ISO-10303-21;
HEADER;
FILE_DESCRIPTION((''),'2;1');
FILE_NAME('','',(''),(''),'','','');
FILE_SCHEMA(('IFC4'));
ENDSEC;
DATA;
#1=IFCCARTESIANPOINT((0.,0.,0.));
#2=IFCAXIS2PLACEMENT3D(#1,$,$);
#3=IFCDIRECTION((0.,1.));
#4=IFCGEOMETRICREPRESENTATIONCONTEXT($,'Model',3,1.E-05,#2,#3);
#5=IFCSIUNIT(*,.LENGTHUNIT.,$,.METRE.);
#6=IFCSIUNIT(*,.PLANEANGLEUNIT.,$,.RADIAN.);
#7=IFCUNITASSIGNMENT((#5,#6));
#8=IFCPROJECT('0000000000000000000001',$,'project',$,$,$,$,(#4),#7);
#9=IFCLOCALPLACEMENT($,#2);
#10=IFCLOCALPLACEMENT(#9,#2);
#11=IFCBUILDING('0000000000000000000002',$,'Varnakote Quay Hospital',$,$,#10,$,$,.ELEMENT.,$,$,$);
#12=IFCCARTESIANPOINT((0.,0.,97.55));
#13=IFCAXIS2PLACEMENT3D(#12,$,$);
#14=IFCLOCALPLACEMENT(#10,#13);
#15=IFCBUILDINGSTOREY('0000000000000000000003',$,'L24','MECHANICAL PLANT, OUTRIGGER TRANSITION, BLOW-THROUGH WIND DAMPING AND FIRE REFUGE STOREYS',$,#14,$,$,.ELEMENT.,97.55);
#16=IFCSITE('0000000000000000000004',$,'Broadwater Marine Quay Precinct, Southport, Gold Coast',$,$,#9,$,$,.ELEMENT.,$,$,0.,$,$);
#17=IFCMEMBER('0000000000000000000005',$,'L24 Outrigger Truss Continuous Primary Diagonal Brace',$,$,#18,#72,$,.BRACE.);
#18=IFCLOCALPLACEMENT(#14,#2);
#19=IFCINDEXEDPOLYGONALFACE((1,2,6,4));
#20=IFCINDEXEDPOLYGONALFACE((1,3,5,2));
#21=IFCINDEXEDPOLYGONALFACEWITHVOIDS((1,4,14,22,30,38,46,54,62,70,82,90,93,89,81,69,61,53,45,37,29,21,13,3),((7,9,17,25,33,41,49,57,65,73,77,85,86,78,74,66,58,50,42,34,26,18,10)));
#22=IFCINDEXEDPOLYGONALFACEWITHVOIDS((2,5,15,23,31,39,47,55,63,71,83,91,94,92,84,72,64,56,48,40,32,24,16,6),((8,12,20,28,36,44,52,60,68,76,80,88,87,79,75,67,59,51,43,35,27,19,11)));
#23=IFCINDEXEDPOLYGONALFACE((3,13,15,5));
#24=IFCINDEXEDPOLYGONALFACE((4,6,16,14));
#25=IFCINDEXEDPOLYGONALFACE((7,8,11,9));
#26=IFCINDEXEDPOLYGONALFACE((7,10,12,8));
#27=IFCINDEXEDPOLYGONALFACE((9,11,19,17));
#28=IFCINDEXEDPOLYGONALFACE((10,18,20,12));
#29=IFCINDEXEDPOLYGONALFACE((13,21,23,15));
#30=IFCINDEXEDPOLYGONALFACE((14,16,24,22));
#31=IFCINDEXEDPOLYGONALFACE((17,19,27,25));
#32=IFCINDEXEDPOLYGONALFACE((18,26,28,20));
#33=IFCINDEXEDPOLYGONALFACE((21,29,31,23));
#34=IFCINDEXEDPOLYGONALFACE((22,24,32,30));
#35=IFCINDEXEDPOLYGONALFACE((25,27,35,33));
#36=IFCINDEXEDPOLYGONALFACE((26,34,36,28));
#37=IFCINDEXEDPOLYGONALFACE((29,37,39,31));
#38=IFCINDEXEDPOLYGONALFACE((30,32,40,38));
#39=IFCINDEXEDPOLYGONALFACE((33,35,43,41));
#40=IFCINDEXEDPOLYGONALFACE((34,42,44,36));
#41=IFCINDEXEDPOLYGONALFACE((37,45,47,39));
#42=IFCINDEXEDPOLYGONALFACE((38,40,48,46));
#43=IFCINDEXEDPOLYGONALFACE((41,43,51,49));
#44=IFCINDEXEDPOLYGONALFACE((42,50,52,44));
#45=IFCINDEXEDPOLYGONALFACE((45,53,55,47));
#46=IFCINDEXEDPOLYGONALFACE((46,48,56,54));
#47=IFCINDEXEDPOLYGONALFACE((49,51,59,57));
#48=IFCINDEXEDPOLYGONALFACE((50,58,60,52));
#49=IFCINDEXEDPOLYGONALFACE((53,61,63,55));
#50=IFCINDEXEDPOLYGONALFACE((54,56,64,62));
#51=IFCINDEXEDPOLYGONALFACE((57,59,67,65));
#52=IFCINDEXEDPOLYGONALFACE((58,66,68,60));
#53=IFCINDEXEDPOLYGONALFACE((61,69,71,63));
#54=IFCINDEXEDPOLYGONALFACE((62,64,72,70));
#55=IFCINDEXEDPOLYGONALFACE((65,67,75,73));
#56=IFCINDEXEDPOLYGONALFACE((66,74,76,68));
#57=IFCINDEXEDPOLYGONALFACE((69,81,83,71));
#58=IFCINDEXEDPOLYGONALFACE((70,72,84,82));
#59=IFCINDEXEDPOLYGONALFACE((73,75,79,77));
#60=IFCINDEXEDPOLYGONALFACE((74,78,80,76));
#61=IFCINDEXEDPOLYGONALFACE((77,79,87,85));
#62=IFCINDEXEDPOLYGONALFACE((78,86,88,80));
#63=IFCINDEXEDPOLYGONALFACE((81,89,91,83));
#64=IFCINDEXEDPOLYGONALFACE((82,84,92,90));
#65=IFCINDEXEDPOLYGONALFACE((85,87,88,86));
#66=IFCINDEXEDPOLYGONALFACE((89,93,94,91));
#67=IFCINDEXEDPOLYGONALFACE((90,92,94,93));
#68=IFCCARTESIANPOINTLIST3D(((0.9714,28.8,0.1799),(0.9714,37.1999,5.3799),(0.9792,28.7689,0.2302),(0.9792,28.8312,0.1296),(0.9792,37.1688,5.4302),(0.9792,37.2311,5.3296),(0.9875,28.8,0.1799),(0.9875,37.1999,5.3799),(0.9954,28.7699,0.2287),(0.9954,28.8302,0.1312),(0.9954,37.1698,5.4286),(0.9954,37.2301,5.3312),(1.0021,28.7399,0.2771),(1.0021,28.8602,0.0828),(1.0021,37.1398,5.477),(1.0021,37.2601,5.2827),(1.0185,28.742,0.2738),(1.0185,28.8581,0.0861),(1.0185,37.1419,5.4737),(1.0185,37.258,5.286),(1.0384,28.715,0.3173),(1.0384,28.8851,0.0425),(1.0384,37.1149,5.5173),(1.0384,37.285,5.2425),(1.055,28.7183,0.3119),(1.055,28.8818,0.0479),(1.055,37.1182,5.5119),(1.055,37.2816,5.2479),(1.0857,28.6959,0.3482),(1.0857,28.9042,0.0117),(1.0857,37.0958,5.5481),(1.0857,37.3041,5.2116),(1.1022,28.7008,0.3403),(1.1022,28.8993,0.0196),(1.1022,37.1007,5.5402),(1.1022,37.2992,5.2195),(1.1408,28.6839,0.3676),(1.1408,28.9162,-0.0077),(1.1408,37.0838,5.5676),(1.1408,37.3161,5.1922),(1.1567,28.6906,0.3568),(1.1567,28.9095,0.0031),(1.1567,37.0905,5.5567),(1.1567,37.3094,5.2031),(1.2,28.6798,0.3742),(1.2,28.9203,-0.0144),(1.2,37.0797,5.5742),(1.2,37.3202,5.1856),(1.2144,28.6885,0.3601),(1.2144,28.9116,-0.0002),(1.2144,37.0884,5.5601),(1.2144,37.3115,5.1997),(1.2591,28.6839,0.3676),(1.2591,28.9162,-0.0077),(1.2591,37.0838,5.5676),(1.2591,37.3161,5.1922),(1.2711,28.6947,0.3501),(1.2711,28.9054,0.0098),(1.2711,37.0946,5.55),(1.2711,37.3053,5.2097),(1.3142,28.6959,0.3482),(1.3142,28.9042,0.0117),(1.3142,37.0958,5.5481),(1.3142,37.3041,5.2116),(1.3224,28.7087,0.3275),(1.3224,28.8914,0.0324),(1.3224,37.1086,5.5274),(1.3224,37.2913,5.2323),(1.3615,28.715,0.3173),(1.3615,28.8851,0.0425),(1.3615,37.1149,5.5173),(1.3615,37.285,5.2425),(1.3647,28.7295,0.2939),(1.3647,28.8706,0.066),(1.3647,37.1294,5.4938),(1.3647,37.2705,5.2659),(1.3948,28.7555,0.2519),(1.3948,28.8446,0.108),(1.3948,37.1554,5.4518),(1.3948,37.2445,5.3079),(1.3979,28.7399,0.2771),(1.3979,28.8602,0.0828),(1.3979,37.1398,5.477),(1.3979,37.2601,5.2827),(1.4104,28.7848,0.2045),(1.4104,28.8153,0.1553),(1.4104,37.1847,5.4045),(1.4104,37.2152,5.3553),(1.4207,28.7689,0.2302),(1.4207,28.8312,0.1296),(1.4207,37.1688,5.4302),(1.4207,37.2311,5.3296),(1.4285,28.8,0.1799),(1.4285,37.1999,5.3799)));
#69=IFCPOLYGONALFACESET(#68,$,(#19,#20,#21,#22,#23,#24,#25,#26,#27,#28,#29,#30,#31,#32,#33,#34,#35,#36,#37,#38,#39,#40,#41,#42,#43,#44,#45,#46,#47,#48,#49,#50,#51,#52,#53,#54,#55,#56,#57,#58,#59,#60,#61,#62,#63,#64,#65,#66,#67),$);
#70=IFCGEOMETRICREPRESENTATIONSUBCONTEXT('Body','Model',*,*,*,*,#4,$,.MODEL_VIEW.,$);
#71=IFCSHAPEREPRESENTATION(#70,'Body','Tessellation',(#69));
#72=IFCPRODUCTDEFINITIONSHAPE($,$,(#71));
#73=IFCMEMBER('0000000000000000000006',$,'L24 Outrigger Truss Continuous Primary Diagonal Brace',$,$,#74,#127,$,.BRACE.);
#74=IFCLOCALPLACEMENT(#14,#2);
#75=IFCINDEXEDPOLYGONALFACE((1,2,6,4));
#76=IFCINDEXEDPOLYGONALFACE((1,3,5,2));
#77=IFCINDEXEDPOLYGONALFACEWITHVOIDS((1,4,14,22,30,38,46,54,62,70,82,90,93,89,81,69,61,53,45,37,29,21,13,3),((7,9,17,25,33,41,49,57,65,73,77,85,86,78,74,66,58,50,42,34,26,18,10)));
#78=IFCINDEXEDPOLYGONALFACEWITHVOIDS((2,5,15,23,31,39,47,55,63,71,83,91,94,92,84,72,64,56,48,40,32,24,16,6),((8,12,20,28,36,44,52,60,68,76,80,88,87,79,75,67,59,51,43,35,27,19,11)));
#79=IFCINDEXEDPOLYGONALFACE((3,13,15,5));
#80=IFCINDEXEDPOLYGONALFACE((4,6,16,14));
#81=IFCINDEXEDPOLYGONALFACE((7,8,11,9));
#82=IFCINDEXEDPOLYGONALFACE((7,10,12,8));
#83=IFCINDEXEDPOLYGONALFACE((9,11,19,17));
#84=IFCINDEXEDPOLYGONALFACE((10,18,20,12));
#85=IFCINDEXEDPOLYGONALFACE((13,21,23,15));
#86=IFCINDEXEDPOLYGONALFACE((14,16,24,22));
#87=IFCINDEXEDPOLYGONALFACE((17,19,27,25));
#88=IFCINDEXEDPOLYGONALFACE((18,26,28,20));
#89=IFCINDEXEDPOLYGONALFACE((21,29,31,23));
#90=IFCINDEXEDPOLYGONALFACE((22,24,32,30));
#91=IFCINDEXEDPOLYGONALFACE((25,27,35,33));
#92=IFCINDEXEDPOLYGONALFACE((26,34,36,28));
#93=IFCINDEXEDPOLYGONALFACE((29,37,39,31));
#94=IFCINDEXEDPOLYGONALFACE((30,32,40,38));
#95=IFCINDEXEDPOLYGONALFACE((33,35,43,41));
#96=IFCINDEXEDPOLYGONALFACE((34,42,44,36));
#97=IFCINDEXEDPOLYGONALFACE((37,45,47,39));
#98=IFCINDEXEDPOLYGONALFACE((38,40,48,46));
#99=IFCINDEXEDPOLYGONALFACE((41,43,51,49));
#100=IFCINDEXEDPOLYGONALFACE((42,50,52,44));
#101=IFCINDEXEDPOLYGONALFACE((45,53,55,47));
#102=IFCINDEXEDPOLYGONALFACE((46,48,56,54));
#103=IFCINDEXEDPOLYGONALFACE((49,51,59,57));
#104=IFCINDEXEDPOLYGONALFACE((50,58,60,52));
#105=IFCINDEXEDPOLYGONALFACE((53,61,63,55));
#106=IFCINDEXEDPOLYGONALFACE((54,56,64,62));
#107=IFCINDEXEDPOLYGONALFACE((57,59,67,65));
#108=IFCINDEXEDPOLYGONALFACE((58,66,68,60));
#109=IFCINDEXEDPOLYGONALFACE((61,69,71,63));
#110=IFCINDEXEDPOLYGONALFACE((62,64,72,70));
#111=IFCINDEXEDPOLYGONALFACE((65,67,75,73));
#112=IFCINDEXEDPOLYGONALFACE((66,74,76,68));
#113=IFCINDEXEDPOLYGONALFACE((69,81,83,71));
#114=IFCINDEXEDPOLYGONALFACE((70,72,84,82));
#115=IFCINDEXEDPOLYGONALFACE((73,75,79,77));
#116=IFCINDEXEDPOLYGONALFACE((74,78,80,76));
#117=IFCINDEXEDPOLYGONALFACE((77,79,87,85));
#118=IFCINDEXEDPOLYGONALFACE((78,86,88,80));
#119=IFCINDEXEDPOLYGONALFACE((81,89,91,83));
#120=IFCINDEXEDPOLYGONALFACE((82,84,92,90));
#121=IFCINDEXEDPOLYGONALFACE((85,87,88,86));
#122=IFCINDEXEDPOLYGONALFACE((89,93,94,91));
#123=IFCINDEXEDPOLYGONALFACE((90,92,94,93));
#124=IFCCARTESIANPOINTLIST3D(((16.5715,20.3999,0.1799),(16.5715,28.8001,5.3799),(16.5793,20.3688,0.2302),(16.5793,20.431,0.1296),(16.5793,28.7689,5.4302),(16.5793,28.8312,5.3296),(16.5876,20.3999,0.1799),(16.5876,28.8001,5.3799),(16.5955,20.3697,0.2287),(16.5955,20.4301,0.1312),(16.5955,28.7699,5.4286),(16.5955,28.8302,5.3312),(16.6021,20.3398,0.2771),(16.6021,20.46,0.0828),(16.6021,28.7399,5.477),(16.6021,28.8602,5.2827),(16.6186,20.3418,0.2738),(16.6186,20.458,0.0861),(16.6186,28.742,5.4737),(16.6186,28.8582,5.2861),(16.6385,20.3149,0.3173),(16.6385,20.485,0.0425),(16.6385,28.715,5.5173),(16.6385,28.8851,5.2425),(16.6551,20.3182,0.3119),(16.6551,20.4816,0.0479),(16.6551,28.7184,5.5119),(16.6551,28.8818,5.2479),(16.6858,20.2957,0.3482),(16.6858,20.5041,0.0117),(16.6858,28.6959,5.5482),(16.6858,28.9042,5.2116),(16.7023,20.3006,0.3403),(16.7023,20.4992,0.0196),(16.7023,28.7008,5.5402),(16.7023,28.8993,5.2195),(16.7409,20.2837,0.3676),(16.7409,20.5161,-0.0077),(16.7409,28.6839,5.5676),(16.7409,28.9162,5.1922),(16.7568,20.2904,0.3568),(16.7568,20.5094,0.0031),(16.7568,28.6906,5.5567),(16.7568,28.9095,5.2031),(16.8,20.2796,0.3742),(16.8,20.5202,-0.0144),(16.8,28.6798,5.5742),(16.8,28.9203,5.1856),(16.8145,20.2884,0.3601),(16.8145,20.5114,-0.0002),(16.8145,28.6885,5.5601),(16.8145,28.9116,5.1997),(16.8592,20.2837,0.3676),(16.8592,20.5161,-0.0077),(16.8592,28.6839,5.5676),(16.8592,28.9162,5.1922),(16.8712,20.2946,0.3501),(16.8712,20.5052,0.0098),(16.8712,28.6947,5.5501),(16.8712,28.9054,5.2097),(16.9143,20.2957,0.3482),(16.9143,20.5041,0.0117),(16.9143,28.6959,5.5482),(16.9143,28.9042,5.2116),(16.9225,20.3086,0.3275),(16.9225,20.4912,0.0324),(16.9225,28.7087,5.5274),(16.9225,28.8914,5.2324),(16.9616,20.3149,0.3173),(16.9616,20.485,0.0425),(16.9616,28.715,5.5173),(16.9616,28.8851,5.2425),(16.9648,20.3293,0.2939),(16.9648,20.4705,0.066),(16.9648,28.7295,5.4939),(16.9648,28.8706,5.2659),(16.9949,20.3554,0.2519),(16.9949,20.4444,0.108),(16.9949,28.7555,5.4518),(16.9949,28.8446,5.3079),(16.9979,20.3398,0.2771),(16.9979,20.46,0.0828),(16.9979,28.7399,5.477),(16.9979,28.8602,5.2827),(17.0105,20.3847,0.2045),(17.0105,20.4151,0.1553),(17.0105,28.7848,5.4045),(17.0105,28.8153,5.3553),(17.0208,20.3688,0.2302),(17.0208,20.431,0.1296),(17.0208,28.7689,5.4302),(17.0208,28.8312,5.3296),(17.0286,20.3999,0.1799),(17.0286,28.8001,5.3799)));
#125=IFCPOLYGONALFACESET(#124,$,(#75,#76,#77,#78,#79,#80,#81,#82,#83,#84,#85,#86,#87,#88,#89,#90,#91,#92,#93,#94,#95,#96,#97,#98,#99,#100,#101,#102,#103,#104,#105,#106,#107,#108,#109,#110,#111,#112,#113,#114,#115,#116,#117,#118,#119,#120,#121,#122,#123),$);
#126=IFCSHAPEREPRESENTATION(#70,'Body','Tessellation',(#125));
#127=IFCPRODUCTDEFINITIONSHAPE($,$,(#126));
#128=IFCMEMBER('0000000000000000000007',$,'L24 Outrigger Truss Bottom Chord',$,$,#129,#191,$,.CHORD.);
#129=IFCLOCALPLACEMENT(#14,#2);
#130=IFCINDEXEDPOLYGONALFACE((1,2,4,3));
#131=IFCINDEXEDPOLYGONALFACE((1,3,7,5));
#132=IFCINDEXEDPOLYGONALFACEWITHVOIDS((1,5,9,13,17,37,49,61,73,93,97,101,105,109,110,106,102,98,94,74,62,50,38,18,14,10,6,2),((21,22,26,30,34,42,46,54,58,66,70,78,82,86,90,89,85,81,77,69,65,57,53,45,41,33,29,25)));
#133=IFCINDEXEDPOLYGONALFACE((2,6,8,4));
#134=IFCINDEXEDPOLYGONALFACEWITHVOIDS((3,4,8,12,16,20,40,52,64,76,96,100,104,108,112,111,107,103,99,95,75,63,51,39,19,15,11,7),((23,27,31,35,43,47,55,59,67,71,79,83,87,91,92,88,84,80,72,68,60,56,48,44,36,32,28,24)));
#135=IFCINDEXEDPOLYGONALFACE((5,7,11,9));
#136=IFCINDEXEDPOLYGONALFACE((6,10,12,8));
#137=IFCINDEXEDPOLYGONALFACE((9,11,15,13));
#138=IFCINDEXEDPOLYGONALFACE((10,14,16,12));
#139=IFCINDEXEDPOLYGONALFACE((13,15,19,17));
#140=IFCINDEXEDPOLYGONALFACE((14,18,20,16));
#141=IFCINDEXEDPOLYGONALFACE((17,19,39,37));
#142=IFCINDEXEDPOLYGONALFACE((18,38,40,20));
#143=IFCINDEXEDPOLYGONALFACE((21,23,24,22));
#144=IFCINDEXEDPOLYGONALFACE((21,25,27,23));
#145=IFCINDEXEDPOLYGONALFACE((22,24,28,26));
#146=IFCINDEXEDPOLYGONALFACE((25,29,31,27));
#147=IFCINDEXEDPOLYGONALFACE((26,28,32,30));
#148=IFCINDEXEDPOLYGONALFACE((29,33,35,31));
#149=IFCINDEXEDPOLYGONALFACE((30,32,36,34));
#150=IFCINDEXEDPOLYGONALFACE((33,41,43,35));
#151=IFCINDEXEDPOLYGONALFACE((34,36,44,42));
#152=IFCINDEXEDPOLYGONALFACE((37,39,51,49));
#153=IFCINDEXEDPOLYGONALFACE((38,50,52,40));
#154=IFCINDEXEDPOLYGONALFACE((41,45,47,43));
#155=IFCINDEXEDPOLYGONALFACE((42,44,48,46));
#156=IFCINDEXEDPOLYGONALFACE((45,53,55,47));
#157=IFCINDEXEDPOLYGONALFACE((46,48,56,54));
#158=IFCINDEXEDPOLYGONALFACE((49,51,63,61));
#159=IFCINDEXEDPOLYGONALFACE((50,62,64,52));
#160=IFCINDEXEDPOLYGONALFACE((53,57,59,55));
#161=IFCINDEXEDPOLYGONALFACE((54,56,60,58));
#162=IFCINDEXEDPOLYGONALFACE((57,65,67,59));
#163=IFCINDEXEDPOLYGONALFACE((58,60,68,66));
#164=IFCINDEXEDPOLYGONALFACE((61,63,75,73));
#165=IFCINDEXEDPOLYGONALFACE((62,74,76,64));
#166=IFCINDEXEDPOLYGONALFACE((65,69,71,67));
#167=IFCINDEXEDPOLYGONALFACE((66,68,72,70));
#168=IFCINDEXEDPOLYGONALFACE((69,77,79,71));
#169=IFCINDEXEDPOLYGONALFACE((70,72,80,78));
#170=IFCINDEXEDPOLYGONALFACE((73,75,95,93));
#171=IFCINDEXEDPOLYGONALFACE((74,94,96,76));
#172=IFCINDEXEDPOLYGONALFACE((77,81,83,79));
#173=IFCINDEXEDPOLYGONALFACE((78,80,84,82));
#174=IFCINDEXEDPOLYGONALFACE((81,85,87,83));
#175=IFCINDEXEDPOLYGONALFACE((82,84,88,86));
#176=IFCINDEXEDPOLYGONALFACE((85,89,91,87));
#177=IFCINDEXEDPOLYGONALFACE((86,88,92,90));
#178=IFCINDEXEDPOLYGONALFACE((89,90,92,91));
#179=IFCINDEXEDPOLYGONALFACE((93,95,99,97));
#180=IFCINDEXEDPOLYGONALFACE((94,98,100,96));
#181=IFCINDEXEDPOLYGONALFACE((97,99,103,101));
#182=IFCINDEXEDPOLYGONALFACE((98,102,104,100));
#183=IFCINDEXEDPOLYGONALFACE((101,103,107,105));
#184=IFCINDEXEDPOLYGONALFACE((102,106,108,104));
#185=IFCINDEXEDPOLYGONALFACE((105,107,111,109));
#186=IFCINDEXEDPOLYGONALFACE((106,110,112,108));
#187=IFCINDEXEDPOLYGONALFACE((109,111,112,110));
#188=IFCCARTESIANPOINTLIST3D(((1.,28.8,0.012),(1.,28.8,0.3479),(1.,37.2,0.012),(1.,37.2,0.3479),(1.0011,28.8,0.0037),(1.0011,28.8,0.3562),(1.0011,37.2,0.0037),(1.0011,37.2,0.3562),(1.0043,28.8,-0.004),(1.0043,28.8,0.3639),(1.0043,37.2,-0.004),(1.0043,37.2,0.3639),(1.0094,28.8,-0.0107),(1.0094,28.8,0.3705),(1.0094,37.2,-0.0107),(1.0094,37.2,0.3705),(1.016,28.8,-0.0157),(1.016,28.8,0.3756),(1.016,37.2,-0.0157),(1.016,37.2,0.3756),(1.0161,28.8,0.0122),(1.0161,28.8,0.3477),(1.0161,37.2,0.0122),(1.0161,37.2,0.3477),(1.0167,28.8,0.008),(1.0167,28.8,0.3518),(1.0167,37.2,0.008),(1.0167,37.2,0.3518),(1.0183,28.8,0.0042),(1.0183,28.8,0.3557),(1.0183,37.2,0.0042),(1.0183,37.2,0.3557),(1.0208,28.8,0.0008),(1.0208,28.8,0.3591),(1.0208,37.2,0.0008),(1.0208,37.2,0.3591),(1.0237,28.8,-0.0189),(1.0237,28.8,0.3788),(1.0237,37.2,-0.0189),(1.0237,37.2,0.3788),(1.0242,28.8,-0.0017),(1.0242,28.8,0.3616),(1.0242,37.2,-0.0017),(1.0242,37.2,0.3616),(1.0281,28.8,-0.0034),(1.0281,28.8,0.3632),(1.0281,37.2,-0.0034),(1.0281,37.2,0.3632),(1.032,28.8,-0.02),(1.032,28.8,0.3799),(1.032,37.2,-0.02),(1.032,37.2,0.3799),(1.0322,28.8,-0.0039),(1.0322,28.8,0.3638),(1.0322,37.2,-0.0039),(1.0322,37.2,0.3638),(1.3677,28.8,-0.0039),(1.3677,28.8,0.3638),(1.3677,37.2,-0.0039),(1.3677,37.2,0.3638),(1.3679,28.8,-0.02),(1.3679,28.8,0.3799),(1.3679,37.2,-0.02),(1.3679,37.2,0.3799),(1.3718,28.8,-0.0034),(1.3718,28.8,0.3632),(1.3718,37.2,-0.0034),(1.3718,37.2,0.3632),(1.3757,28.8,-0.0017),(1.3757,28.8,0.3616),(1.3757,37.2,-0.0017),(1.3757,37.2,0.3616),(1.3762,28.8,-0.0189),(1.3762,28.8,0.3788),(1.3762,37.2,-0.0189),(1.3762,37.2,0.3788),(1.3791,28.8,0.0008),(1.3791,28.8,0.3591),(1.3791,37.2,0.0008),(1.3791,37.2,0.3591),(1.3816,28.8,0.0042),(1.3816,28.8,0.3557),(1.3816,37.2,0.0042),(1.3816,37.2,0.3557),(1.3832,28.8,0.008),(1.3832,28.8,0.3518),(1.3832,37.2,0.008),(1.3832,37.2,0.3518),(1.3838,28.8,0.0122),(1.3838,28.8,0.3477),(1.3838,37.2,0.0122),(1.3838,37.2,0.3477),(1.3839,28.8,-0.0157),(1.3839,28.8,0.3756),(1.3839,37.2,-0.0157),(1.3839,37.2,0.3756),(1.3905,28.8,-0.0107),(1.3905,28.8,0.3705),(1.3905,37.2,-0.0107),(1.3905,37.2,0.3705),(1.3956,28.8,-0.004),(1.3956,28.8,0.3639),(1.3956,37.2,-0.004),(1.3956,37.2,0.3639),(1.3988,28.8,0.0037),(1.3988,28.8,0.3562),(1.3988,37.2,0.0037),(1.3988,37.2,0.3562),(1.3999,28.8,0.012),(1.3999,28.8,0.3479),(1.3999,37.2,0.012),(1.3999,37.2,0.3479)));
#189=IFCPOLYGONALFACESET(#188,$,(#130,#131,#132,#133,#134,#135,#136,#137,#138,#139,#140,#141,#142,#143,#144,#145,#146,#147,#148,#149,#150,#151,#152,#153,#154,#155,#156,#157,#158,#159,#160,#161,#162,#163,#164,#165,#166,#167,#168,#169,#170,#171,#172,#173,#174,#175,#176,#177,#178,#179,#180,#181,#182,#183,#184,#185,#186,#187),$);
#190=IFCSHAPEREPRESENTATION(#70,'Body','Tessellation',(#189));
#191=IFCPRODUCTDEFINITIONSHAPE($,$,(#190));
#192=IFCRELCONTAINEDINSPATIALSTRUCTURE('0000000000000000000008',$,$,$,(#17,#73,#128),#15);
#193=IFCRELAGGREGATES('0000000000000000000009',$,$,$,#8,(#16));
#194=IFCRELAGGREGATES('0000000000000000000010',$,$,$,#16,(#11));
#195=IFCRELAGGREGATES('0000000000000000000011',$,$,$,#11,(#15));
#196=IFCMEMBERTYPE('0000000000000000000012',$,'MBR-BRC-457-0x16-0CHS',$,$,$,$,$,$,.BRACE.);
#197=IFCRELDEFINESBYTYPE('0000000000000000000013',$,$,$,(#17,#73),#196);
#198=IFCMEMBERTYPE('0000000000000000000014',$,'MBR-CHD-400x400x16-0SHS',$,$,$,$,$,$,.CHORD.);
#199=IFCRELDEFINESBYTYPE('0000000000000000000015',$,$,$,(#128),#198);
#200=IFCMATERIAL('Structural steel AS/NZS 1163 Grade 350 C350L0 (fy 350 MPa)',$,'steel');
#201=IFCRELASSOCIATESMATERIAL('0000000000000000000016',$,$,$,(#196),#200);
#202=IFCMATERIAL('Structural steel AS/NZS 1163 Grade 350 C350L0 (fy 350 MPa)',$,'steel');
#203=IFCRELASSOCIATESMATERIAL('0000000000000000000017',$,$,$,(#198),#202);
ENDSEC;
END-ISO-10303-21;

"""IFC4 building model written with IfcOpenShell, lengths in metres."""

from ifc_helpers import new_model, si_unit, direction, frame, origin, origin_2d, place, context, subcontext, project, spatial, hollow_rectangle, hollow_circle, extrude, material, material_profile, profile_set, type_object, element, save


model = new_model("IFC4")

# Units and contexts
model_context = context("Model", 3, precision=1e-05, world=origin(), true_north=direction((0.0, 1.0)))
body_context = subcontext(model_context, "Body", "Model", "MODEL_VIEW")
ifc_project = project(units=[si_unit("LENGTHUNIT", "METRE"), si_unit("PLANEANGLEUNIT", "RADIAN")], contexts=[model_context])

# Site, building, storey
site_placement = place(None, origin())
site = spatial("IfcSite", under=ifc_project, at=site_placement, Name="Broadwater Marine Quay Precinct, Southport, Gold Coast", CompositionType="ELEMENT", RefElevation=0.0)
building_placement = place(site_placement, origin())
building = spatial("IfcBuilding", under=site, at=building_placement, Name="Varnakote Quay Hospital", CompositionType="ELEMENT")
storey_placement = place(building_placement, frame((0.0, 0.0, 97.55)))
storey = spatial("IfcBuildingStorey", under=building, at=storey_placement, Name="L24", Description="MECHANICAL PLANT, OUTRIGGER TRANSITION, BLOW-THROUGH WIND DAMPING AND FIRE REFUGE STOREYS", CompositionType="ELEMENT", Elevation=97.55)

# Members
ifc_material_1 = material(Name="Structural steel AS/NZS 1163 Grade 350 C350L0 (fy 350 MPa)", Category="steel")
ifc_material_profile_1 = material_profile(ifc_material_1, hollow_circle(Radius=0.2285, WallThickness=0.0161, at=origin_2d()), Name="457.0x16.0CHS")
ifc_profile_set_1 = profile_set([ifc_material_profile_1], Name="Structural steel AS/NZS 1163 Grade 350 C350L0 (fy 350 MPa)")
member_type_1 = type_object("IfcMemberType", Name="MBR-BRC-457-0x16-0CHS", PredefinedType="BRACE", material=ifc_profile_set_1)
member_1_placement = place(storey_placement, frame((1.2, 28.8, 0.1799), z_axis=(0.0, 0.850265, 0.526355), x_axis=(-1.0, 0.0, 0.0)))
element("IfcMember", 1, at=member_1_placement, inside=storey, type_object=member_type_1, Name="L24 Outrigger Truss Continuous Primary Diagonal Brace", PredefinedType="BRACE", context=body_context, shape_type="SweptSolid", body=[
    extrude(hollow_circle(Radius=0.2285, WallThickness=0.0161, at=origin_2d()), origin(), (0.0, 0.0, 1.0), 9.8792),
])
member_2_placement = place(storey_placement, frame((16.8, 20.3999, 0.1799), z_axis=(0.0, 0.850271, 0.526344), x_axis=(-1.0, 0.0, 0.0)))
element("IfcMember", 2, at=member_2_placement, inside=storey, type_object=member_type_1, Name="L24 Outrigger Truss Continuous Primary Diagonal Brace", PredefinedType="BRACE", context=body_context, shape_type="SweptSolid", body=[
    extrude(hollow_circle(Radius=0.2285, WallThickness=0.0161, at=origin_2d()), origin(), (0.0, 0.0, 1.0), 9.8794),
])
ifc_material_2 = material(Name="Structural steel AS/NZS 1163 Grade 350 C350L0 (fy 350 MPa)", Category="steel")
ifc_material_profile_2 = material_profile(ifc_material_2, hollow_rectangle(XDim=0.3999, YDim=0.3999, WallThickness=0.0161, InnerFilletRadius=0.0161, OuterFilletRadius=0.032, at=origin_2d()), Name="400x400x16.0SHS")
ifc_profile_set_2 = profile_set([ifc_material_profile_2], Name="Structural steel AS/NZS 1163 Grade 350 C350L0 (fy 350 MPa)")
member_type_2 = type_object("IfcMemberType", Name="MBR-CHD-400x400x16-0SHS", PredefinedType="CHORD", material=ifc_profile_set_2)
member_3_placement = place(storey_placement, frame((1.2, 28.8, 0.1799), z_axis=(0.0, 1.0, 0.0), x_axis=(-1.0, 0.0, 0.0)))
element("IfcMember", 3, at=member_3_placement, inside=storey, type_object=member_type_2, Name="L24 Outrigger Truss Bottom Chord", PredefinedType="CHORD", context=body_context, shape_type="SweptSolid", body=[
    extrude(hollow_rectangle(XDim=0.3999, YDim=0.3999, WallThickness=0.0161, InnerFilletRadius=0.0161, OuterFilletRadius=0.032, at=origin_2d()), origin(), (0.0, 0.0, 1.0), 8.3999),
])

save(model, "model.ifc")
